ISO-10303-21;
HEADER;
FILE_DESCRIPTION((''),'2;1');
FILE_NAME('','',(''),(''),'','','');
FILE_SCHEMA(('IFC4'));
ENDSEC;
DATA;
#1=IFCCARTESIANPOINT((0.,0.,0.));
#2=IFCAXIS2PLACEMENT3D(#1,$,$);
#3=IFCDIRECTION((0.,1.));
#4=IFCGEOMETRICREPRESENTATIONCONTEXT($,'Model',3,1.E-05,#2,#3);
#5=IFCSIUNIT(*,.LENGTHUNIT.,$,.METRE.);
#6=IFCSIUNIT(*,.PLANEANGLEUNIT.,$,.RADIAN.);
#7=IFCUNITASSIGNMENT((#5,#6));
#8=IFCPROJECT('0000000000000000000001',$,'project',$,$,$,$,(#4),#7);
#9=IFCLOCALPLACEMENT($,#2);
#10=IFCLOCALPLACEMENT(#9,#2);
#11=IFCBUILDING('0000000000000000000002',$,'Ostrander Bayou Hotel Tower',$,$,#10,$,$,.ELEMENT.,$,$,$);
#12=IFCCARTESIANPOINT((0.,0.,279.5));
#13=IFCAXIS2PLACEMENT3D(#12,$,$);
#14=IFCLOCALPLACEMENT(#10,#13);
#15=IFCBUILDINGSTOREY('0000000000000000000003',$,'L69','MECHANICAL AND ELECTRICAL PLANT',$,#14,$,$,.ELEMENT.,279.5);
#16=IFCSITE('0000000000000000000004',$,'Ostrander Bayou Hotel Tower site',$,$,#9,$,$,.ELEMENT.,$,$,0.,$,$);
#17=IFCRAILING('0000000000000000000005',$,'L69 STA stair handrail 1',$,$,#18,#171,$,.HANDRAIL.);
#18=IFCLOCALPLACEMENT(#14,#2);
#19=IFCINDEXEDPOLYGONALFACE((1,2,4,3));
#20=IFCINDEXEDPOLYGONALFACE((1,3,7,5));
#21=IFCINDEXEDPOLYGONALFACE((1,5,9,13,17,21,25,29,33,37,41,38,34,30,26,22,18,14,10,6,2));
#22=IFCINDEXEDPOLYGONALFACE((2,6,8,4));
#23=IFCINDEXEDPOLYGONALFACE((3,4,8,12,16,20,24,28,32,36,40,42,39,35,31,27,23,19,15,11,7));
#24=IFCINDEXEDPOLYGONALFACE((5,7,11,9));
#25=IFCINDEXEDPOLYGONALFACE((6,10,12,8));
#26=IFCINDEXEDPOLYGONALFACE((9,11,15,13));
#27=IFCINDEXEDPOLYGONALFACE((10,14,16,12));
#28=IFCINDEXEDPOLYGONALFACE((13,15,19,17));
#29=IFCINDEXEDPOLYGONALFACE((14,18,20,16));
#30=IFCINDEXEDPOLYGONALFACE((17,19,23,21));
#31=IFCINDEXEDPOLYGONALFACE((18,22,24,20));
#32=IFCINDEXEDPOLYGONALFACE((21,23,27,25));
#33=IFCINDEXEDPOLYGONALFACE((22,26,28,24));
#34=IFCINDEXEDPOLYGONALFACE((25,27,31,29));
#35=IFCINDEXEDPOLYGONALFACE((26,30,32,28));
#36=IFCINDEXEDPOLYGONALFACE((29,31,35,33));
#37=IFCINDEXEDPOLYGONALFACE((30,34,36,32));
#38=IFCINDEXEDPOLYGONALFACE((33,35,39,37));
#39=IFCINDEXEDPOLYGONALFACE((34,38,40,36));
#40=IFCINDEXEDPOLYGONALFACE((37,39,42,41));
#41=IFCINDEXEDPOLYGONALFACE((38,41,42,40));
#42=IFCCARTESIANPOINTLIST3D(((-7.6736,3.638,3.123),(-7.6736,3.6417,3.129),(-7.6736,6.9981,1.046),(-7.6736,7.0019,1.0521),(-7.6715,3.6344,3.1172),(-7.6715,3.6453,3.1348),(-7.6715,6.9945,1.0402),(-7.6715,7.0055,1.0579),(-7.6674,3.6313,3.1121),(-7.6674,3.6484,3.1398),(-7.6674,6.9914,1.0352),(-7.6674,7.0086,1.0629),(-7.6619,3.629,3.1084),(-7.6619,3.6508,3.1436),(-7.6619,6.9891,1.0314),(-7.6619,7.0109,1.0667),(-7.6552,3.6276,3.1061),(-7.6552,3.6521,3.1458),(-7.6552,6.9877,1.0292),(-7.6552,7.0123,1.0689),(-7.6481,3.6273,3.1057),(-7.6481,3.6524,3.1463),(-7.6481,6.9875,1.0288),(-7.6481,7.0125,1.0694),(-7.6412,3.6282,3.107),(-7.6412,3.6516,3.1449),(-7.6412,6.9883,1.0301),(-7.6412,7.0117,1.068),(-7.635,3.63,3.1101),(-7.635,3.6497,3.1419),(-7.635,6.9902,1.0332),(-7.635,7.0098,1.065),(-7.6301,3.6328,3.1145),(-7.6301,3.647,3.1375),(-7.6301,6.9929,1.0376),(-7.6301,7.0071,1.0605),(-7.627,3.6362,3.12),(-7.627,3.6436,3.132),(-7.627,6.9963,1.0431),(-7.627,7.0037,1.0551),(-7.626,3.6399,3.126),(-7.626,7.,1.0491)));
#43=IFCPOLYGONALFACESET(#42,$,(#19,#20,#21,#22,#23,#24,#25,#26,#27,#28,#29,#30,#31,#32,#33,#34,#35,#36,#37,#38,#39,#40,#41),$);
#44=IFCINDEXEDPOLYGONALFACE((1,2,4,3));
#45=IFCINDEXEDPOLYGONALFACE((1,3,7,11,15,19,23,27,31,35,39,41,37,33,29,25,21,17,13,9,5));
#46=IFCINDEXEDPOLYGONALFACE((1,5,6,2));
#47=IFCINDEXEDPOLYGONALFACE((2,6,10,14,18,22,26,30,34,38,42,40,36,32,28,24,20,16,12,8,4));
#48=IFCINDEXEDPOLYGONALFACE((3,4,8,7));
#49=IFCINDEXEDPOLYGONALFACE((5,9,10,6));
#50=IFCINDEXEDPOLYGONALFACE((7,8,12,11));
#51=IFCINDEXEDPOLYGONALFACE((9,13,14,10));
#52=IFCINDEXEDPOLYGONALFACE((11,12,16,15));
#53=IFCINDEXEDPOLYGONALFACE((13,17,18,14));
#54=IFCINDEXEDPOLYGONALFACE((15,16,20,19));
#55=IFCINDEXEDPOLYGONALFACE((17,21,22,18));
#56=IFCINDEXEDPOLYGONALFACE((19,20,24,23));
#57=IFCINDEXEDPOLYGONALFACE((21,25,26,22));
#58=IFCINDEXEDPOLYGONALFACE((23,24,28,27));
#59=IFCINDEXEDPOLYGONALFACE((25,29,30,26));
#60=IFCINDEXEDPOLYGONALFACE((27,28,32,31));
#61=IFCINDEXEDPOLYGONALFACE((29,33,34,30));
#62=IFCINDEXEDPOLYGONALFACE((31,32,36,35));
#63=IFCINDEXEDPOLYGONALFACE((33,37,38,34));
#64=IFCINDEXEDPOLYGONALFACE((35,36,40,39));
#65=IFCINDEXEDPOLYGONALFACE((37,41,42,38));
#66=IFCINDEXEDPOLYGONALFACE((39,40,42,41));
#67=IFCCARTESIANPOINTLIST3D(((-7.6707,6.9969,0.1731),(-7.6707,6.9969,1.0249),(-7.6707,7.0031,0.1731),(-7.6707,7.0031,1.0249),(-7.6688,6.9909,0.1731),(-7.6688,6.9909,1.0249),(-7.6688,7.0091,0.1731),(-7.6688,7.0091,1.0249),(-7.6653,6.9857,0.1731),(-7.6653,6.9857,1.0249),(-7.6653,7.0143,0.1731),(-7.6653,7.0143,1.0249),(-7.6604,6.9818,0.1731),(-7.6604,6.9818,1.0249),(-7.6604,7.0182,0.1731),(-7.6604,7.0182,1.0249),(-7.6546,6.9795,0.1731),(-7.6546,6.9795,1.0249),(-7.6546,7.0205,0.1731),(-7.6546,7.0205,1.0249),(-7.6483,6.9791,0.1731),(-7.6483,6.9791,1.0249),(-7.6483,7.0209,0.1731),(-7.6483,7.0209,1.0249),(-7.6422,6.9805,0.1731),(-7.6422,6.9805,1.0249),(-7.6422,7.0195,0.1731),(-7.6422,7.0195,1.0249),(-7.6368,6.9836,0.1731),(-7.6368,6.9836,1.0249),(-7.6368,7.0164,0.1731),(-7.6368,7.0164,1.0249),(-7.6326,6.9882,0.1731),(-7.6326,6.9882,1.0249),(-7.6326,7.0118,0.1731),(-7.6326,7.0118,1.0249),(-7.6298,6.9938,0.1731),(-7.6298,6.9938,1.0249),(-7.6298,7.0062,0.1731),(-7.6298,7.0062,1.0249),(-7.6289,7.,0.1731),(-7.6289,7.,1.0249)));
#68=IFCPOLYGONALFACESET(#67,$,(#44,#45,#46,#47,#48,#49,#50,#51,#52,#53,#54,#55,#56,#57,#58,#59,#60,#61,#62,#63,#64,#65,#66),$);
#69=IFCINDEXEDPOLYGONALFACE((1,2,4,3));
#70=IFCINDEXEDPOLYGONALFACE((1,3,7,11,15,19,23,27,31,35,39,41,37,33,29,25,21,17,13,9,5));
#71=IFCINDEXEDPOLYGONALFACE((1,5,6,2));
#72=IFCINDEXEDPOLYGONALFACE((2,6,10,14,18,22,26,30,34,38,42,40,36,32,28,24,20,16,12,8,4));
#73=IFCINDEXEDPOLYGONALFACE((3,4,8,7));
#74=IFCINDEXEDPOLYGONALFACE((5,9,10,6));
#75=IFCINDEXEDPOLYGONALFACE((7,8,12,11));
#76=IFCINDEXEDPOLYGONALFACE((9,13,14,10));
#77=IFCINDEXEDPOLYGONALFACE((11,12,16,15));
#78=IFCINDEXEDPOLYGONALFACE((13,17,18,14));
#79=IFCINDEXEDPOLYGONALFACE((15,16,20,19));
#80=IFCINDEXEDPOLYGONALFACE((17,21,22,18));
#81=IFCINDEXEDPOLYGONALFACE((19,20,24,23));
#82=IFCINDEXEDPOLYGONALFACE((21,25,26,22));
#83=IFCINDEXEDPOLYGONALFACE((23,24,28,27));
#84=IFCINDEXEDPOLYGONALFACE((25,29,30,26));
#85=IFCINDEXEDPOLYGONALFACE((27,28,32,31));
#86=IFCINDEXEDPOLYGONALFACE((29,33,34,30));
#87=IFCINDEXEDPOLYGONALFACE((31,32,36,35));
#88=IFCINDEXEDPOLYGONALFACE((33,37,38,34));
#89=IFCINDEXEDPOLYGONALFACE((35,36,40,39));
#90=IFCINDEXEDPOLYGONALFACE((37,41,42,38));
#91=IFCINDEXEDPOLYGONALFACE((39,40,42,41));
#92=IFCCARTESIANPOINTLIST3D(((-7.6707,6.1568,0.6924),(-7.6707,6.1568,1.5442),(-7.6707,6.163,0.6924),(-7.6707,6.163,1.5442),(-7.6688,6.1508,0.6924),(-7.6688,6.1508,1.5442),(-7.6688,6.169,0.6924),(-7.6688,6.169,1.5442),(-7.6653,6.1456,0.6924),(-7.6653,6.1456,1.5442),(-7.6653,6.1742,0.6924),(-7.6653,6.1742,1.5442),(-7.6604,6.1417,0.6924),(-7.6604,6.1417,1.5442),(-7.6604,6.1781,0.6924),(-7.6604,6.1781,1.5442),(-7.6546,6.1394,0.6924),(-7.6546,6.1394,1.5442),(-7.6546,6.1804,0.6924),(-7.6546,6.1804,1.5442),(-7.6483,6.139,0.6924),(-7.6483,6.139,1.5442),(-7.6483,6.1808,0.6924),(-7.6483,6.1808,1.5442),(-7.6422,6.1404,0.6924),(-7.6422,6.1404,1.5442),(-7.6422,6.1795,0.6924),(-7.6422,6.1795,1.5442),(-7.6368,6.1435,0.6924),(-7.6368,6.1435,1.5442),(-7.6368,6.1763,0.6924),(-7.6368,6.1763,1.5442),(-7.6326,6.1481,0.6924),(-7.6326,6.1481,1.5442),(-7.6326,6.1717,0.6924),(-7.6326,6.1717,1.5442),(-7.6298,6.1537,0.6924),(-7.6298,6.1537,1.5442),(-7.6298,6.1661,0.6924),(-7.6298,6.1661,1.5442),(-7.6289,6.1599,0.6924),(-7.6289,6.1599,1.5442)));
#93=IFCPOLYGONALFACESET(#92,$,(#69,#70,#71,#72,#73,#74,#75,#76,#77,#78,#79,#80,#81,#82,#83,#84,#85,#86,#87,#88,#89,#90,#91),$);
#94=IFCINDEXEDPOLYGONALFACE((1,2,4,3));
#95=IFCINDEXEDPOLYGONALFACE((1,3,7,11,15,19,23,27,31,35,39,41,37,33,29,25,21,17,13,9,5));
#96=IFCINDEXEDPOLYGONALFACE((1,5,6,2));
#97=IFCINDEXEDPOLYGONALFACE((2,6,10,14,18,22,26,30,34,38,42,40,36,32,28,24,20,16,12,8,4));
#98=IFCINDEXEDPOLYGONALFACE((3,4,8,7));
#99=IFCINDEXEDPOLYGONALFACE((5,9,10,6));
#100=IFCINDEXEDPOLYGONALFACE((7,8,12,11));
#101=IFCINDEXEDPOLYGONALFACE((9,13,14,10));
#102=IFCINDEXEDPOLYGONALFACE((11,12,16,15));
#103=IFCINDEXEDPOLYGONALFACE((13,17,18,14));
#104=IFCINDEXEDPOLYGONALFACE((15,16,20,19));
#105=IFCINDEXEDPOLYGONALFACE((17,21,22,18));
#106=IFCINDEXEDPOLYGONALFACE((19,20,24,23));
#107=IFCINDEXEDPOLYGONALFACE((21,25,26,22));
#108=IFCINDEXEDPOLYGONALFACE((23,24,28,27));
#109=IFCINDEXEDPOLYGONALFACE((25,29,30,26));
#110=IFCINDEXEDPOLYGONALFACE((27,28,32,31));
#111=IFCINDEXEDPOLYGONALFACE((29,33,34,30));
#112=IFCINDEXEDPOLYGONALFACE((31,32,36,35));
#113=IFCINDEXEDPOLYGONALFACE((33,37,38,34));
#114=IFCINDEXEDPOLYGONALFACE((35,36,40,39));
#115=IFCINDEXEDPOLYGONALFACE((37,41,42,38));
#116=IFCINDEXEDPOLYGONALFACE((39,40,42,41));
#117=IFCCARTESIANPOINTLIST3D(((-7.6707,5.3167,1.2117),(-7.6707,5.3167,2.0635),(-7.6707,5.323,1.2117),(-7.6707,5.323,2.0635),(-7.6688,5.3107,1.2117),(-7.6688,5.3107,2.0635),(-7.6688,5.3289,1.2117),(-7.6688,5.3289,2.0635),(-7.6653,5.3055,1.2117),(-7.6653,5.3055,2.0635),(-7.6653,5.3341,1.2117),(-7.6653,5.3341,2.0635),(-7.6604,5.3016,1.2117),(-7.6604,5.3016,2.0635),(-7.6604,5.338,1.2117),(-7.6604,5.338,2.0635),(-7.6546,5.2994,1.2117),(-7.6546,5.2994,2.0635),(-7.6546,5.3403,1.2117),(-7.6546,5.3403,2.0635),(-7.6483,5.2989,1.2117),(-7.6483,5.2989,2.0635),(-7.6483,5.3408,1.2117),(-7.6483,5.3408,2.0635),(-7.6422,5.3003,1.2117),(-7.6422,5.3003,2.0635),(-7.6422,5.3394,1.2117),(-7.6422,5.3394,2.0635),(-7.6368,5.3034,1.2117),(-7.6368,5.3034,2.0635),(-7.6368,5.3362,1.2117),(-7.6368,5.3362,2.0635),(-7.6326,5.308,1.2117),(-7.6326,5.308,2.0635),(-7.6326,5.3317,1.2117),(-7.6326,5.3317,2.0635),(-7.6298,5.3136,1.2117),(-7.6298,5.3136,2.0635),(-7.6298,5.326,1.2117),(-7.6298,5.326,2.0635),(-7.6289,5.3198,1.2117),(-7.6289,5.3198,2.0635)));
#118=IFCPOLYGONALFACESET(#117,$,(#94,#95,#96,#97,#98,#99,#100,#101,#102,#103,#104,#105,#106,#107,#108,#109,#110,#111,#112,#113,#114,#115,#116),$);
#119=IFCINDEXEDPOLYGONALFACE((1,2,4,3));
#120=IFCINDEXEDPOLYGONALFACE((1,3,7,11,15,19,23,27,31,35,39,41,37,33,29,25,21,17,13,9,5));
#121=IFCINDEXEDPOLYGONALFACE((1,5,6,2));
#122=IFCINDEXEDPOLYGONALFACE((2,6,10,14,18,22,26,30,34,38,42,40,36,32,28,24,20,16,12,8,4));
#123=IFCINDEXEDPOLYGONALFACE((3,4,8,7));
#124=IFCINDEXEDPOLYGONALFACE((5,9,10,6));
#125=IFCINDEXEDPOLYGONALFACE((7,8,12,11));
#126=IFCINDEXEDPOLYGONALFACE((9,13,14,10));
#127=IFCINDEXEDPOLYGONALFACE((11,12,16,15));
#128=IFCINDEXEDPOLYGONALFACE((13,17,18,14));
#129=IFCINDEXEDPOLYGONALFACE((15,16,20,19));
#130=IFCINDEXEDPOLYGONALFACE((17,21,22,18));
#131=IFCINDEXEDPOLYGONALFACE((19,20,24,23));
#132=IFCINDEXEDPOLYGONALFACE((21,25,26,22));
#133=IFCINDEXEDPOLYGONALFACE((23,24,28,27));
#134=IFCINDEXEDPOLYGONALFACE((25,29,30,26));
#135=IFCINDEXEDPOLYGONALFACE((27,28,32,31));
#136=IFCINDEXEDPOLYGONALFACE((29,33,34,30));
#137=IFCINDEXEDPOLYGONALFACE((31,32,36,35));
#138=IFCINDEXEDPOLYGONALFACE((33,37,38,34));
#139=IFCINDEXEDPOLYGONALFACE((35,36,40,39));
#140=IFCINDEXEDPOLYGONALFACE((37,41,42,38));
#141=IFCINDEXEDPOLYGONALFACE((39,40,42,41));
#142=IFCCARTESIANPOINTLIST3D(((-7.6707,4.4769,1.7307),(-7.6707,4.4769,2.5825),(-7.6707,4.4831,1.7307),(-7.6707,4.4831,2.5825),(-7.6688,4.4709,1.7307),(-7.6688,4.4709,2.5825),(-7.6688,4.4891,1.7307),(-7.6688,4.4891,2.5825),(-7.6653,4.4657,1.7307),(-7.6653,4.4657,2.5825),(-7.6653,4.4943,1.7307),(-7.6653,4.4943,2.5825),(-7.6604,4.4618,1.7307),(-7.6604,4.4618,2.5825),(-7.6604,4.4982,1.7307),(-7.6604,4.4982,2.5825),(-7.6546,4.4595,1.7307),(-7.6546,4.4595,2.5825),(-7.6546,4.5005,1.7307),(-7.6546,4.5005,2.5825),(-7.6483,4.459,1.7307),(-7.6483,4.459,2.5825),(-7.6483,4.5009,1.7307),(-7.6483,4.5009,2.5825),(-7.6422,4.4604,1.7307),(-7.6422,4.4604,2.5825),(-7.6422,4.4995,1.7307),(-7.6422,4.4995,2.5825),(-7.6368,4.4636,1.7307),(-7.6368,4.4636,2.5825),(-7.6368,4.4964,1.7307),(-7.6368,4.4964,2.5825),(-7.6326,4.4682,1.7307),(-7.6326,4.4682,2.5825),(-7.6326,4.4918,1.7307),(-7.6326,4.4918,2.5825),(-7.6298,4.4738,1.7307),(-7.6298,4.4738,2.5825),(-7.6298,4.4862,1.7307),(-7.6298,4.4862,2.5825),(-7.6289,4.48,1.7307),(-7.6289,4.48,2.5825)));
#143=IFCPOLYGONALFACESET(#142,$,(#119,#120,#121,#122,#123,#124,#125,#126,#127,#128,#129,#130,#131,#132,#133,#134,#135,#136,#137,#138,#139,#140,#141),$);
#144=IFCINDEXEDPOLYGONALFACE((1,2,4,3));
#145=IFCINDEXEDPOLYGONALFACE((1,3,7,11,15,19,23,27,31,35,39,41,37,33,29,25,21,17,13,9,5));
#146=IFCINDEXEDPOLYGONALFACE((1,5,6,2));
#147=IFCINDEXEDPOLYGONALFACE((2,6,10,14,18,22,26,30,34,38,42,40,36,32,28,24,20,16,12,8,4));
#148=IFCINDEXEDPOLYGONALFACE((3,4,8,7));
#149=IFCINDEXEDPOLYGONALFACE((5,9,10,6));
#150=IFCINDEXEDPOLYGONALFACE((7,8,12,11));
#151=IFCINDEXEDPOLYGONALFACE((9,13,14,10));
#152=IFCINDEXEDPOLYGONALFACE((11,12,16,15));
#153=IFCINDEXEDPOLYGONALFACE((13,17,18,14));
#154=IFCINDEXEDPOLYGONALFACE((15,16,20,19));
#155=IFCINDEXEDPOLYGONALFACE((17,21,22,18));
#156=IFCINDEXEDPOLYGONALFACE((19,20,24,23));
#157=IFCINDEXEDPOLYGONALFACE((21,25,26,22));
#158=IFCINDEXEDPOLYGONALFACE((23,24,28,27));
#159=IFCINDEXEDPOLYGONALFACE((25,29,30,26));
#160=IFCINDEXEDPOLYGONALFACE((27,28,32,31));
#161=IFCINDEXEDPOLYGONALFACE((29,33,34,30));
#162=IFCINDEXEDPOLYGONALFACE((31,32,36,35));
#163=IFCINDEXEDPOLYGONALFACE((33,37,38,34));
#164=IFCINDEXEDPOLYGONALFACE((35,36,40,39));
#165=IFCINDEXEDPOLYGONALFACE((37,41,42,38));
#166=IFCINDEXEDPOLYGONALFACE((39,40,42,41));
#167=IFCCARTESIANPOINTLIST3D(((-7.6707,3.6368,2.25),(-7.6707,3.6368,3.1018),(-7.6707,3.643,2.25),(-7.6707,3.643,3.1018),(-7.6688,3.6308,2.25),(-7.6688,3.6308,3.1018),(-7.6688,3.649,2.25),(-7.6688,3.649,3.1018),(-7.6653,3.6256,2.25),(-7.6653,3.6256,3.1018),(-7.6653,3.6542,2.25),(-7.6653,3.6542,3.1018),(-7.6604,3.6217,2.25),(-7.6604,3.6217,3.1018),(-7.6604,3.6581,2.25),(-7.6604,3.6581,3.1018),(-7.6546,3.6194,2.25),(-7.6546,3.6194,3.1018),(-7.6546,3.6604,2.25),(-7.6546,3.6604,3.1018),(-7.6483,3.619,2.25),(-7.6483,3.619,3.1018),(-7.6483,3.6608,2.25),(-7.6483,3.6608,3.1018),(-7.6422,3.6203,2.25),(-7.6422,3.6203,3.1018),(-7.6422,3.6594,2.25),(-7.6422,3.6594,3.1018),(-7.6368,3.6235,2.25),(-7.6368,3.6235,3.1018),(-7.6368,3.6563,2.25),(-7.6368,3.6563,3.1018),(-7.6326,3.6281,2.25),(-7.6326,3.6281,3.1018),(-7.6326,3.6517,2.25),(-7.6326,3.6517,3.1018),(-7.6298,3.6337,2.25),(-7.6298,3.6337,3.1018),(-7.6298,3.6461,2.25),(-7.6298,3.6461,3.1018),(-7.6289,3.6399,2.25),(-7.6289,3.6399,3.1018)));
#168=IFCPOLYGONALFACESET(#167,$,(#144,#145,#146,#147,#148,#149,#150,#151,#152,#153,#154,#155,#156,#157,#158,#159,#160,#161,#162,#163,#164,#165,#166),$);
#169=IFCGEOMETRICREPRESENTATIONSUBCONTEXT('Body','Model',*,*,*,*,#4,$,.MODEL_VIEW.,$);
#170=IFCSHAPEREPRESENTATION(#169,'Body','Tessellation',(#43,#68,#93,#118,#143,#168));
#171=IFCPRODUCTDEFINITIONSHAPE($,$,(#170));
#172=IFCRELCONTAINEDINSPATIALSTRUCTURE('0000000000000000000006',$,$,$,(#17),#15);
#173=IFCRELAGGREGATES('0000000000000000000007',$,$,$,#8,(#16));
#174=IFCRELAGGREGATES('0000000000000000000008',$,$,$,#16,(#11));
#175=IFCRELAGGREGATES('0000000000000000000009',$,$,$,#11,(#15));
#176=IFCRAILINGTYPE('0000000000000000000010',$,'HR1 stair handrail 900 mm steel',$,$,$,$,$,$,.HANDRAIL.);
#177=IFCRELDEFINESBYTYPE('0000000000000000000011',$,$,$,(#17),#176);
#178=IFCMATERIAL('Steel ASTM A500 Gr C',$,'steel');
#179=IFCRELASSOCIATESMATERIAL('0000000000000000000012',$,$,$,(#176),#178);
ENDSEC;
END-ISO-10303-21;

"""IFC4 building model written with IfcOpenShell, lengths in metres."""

from ifc_helpers import new_model, si_unit, direction, frame, origin, origin_2d, place, context, subcontext, project, spatial, circle, extrude, material, type_object, element, save


model = new_model("IFC4")

# Units and contexts
model_context = context("Model", 3, precision=1e-05, world=origin(), true_north=direction((0.0, 1.0)))
body_context = subcontext(model_context, "Body", "Model", "MODEL_VIEW")
ifc_project = project(units=[si_unit("LENGTHUNIT", "METRE"), si_unit("PLANEANGLEUNIT", "RADIAN")], contexts=[model_context])

# Site, building, storey
site_placement = place(None, origin())
site = spatial("IfcSite", under=ifc_project, at=site_placement, Name="Ostrander Bayou Hotel Tower site", CompositionType="ELEMENT", RefElevation=0.0)
building_placement = place(site_placement, origin())
building = spatial("IfcBuilding", under=site, at=building_placement, Name="Ostrander Bayou Hotel Tower", CompositionType="ELEMENT")
storey_placement = place(building_placement, frame((0.0, 0.0, 279.5)))
storey = spatial("IfcBuildingStorey", under=building, at=storey_placement, Name="L69", Description="MECHANICAL AND ELECTRICAL PLANT", CompositionType="ELEMENT", Elevation=279.5)

# Railing
ifc_material_1 = material(Name="Steel ASTM A500 Gr C", Category="steel")
railing_type_1 = type_object("IfcRailingType", Name="HR1 stair handrail 900 mm steel", PredefinedType="HANDRAIL", material=ifc_material_1)
railing_1_placement = place(storey_placement, frame((-7.6499, 7.0, 0.1731)))
element("IfcRailing", 1, at=railing_1_placement, inside=storey, type_object=railing_type_1, Name="L69 STA stair handrail 1", PredefinedType="HANDRAIL", context=body_context, shape_type="SweptSolid", body=[
    extrude(circle(Radius=0.0239, at=origin_2d()), frame((0.0, 0.0, 0.876), z_axis=(0.0, -0.850623, 0.525776), x_axis=(1.0, 0.0, 0.0)), (0.0, 0.0, 1.0), 3.9502),
    extrude(circle(Radius=0.021, at=origin_2d()), origin(), (0.0, 0.0, 1.0), 0.8518),
    extrude(circle(Radius=0.021, at=origin_2d()), frame((0.0, -0.8401, 0.5193)), (0.0, 0.0, 1.0), 0.8518),
    extrude(circle(Radius=0.021, at=origin_2d()), frame((0.0, -1.6802, 1.0386)), (0.0, 0.0, 1.0), 0.8518),
    extrude(circle(Radius=0.021, at=origin_2d()), frame((0.0, -2.52, 1.5576)), (0.0, 0.0, 1.0), 0.8518),
    extrude(circle(Radius=0.021, at=origin_2d()), frame((0.0, -3.3601, 2.0769)), (0.0, 0.0, 1.0), 0.8518),
])

save(model, "model.ifc")
